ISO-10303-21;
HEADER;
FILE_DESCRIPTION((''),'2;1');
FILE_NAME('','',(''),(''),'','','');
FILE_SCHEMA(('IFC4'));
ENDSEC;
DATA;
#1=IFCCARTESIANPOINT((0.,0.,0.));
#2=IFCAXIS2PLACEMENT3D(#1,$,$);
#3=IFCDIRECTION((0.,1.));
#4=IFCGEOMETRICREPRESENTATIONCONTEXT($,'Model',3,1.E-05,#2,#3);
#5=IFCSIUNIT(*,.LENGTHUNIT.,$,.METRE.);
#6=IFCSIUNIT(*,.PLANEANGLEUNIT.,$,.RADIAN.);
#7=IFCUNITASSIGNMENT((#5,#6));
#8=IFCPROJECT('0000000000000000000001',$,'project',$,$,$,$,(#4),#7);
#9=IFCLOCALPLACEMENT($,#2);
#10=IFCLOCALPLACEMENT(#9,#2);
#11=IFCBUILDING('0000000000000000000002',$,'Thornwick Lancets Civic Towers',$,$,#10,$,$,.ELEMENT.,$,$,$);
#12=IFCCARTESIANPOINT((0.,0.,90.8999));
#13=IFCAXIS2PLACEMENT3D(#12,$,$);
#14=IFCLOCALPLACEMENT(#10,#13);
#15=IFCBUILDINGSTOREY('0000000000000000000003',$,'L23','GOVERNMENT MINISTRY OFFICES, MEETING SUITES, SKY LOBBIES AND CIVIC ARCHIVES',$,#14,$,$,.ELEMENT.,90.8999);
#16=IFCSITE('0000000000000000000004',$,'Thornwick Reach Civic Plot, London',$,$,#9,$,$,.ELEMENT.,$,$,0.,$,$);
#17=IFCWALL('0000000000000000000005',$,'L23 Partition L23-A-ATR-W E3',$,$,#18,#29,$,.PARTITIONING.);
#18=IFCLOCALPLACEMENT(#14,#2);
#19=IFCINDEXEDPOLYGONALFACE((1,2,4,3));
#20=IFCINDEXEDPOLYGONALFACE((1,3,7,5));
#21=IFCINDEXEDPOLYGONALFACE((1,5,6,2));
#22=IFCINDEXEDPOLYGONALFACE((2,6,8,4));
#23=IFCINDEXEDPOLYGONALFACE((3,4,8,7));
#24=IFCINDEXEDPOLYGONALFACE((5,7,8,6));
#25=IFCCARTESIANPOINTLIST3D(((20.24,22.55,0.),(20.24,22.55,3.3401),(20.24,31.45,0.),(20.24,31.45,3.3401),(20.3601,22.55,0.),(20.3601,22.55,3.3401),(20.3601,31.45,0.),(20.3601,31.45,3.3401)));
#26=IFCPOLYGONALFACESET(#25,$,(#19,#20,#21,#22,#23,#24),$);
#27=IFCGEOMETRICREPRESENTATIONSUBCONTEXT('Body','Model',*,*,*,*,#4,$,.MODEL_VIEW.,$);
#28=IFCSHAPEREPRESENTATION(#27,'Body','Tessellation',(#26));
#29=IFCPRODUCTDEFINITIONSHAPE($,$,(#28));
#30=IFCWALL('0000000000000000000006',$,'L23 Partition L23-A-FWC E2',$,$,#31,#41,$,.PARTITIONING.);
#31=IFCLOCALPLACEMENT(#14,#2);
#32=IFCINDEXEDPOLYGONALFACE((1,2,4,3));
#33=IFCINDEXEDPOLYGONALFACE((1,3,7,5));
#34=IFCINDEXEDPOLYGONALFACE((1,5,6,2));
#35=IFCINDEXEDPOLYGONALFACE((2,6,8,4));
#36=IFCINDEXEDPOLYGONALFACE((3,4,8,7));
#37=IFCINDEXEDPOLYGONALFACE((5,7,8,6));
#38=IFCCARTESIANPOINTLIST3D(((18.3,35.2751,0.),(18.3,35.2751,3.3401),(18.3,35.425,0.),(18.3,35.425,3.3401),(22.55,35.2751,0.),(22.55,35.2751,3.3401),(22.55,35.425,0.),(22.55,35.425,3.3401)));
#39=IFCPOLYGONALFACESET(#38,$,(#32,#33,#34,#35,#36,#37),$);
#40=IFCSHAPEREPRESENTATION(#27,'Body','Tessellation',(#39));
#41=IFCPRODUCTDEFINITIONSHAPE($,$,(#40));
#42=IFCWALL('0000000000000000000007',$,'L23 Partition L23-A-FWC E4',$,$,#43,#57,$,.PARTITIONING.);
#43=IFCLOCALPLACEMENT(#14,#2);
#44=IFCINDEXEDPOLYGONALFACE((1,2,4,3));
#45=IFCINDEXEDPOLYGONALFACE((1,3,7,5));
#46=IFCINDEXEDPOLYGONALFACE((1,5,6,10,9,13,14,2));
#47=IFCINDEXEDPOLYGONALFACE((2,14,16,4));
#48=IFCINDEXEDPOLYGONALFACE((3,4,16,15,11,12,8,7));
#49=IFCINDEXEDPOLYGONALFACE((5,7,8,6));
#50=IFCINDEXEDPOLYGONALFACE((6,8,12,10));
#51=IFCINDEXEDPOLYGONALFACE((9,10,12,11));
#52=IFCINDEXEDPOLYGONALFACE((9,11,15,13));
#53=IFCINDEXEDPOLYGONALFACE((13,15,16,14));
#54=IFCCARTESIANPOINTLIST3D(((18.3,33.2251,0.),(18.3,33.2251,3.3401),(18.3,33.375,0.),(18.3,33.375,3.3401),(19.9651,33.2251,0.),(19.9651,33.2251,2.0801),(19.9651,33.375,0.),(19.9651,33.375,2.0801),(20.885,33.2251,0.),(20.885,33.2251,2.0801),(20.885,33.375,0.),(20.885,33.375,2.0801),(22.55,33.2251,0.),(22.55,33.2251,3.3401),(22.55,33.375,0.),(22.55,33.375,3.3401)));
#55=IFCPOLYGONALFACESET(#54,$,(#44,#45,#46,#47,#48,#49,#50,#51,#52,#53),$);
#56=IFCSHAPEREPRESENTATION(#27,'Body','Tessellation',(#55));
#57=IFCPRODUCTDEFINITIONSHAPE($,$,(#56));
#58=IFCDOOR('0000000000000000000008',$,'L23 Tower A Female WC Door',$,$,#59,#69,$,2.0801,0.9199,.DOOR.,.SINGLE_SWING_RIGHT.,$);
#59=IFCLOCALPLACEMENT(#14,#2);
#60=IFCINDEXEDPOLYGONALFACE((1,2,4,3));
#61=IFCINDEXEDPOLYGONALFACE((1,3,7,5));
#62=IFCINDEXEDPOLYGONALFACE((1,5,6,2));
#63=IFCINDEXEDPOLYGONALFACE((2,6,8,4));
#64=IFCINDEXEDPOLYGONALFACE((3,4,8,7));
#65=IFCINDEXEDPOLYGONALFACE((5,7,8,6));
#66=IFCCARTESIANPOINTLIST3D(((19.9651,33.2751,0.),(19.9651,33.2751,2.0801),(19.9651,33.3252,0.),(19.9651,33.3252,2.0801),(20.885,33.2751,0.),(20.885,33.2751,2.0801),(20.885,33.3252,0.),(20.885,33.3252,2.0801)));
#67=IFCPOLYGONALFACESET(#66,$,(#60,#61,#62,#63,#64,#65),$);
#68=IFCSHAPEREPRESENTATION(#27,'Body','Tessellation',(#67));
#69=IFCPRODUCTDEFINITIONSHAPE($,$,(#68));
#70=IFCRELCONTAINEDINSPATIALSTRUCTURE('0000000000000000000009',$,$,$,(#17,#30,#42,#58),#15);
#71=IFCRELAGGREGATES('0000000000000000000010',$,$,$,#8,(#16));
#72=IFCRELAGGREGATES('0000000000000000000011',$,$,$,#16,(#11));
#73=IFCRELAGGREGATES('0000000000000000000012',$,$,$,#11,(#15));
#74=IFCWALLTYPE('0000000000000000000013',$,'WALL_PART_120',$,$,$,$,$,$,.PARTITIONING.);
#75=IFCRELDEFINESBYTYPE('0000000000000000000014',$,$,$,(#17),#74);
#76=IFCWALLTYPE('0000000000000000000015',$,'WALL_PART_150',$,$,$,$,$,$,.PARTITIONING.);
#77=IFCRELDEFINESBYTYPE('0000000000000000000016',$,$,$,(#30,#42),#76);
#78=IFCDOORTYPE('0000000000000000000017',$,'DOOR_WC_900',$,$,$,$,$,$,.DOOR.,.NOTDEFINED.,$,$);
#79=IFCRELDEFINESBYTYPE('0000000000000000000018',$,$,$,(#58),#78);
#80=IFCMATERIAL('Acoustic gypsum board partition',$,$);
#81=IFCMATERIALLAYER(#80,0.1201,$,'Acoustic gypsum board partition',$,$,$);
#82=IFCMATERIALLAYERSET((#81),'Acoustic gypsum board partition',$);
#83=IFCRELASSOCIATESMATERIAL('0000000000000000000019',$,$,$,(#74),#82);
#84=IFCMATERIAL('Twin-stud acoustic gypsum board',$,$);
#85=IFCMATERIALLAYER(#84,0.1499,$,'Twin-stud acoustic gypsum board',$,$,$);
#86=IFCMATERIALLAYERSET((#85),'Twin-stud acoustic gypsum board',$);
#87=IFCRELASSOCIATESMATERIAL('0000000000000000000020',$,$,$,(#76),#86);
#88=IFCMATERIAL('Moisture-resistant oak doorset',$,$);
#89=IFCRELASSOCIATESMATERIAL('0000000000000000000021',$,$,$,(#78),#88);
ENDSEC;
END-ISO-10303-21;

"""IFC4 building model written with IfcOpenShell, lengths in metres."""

from ifc_helpers import new_model, si_unit, direction, frame, frame_2d, origin, place, context, subcontext, project, spatial, rectangle, extrude, material, layer, layer_set, type_object, element, fill, save


model = new_model("IFC4")

# Units and contexts
model_context = context("Model", 3, precision=1e-05, world=origin(), true_north=direction((0.0, 1.0)))
body_context = subcontext(model_context, "Body", "Model", "MODEL_VIEW")
ifc_project = project(units=[si_unit("LENGTHUNIT", "METRE"), si_unit("PLANEANGLEUNIT", "RADIAN")], contexts=[model_context])

# Site, building, storey
site_placement = place(None, origin())
site = spatial("IfcSite", under=ifc_project, at=site_placement, Name="Thornwick Reach Civic Plot, London", CompositionType="ELEMENT", RefElevation=0.0)
building_placement = place(site_placement, origin())
building = spatial("IfcBuilding", under=site, at=building_placement, Name="Thornwick Lancets Civic Towers", CompositionType="ELEMENT")
storey_placement = place(building_placement, frame((0.0, 0.0, 90.8999)))
storey = spatial("IfcBuildingStorey", under=building, at=storey_placement, Name="L23", Description="GOVERNMENT MINISTRY OFFICES, MEETING SUITES, SKY LOBBIES AND CIVIC ARCHIVES", CompositionType="ELEMENT", Elevation=90.8999)

# Walls
ifc_material_1 = material(Name="Acoustic gypsum board partition")
ifc_layer_1 = layer(ifc_material_1, 0.1201, Name="Acoustic gypsum board partition")
ifc_layer_set_1 = layer_set([ifc_layer_1], Name="Acoustic gypsum board partition")
wall_type_1 = type_object("IfcWallType", Name="WALL_PART_120", PredefinedType="PARTITIONING", material=ifc_layer_set_1)
wall_1_placement = place(storey_placement, frame((20.3, 31.45, 0.0), z_axis=(0.0, 0.0, 1.0), x_axis=(0.0, -1.0, 0.0)))
element("IfcWall", 1, at=wall_1_placement, inside=storey, type_object=wall_type_1, Name="L23 Partition L23-A-ATR-W E3", PredefinedType="PARTITIONING", context=body_context, shape_type="SweptSolid", body=[
    extrude(rectangle(XDim=8.8999, YDim=0.1201, at=frame_2d((4.45, 0.0))), origin(), (0.0, 0.0, 1.0), 3.3401),
])
ifc_material_2 = material(Name="Twin-stud acoustic gypsum board")
ifc_layer_2 = layer(ifc_material_2, 0.1499, Name="Twin-stud acoustic gypsum board")
ifc_layer_set_2 = layer_set([ifc_layer_2], Name="Twin-stud acoustic gypsum board")
wall_type_2 = type_object("IfcWallType", Name="WALL_PART_150", PredefinedType="PARTITIONING", material=ifc_layer_set_2)
wall_2_placement = place(storey_placement, frame((18.3, 35.3501, 0.0), z_axis=(0.0, 0.0, 1.0), x_axis=(1.0, 0.0, 0.0)))
element("IfcWall", 2, at=wall_2_placement, inside=storey, type_object=wall_type_2, Name="L23 Partition L23-A-FWC E2", PredefinedType="PARTITIONING", context=body_context, shape_type="SweptSolid", body=[
    extrude(rectangle(XDim=4.25, YDim=0.1499, at=frame_2d((2.125, 0.0))), origin(), (0.0, 0.0, 1.0), 3.3401),
])

# Wall, opening, door
wall_3_placement = place(storey_placement, frame((22.55, 33.3, 0.0), z_axis=(0.0, 0.0, 1.0), x_axis=(-1.0, 0.0, 0.0)))
wall_3 = element("IfcWall", 3, at=wall_3_placement, inside=storey, type_object=wall_type_2, Name="L23 Partition L23-A-FWC E4", PredefinedType="PARTITIONING", context=body_context, shape_type="SweptSolid", body=[
    extrude(rectangle(XDim=4.25, YDim=0.1499, at=frame_2d((2.125, 0.0))), origin(), (0.0, 0.0, 1.0), 3.3401),
])
opening_1_placement = place(wall_3_placement, frame((1.665, 0.0, 0.0)))
opening_1 = element("IfcOpeningElement", 4, at=opening_1_placement, cuts=wall_3, PredefinedType="OPENING", context=body_context, shape_type="SweptSolid", body=[
    extrude(rectangle(XDim=0.9199, YDim=2.0801, at=frame_2d((0.46, 1.04))), frame((0.0, 0.085, 0.0), z_axis=(0.0, -1.0, 0.0), x_axis=(1.0, 0.0, 0.0)), (0.0, 0.0, 1.0), 0.1699),
])
ifc_material_3 = material(Name="Moisture-resistant oak doorset")
door_type_1 = type_object("IfcDoorType", Name="DOOR_WC_900", OperationType="NOTDEFINED", PredefinedType="DOOR", material=ifc_material_3)
door_1_placement = place(opening_1_placement, origin())
door_1 = element("IfcDoor", 5, at=door_1_placement, inside=storey, type_object=door_type_1, Name="L23 Tower A Female WC Door", OperationType="SINGLE_SWING_RIGHT", OverallHeight=2.0801, OverallWidth=0.9199, PredefinedType="DOOR", context=body_context, shape_type="SweptSolid", body=[
    extrude(rectangle(XDim=0.9199, YDim=2.0801, at=frame_2d((0.46, 1.04))), frame((0.0, 0.0249, 0.0), z_axis=(0.0, -1.0, 0.0), x_axis=(1.0, 0.0, 0.0)), (0.0, 0.0, 1.0), 0.05),
])
fill(opening_1, door_1)

save(model, "model.ifc")
